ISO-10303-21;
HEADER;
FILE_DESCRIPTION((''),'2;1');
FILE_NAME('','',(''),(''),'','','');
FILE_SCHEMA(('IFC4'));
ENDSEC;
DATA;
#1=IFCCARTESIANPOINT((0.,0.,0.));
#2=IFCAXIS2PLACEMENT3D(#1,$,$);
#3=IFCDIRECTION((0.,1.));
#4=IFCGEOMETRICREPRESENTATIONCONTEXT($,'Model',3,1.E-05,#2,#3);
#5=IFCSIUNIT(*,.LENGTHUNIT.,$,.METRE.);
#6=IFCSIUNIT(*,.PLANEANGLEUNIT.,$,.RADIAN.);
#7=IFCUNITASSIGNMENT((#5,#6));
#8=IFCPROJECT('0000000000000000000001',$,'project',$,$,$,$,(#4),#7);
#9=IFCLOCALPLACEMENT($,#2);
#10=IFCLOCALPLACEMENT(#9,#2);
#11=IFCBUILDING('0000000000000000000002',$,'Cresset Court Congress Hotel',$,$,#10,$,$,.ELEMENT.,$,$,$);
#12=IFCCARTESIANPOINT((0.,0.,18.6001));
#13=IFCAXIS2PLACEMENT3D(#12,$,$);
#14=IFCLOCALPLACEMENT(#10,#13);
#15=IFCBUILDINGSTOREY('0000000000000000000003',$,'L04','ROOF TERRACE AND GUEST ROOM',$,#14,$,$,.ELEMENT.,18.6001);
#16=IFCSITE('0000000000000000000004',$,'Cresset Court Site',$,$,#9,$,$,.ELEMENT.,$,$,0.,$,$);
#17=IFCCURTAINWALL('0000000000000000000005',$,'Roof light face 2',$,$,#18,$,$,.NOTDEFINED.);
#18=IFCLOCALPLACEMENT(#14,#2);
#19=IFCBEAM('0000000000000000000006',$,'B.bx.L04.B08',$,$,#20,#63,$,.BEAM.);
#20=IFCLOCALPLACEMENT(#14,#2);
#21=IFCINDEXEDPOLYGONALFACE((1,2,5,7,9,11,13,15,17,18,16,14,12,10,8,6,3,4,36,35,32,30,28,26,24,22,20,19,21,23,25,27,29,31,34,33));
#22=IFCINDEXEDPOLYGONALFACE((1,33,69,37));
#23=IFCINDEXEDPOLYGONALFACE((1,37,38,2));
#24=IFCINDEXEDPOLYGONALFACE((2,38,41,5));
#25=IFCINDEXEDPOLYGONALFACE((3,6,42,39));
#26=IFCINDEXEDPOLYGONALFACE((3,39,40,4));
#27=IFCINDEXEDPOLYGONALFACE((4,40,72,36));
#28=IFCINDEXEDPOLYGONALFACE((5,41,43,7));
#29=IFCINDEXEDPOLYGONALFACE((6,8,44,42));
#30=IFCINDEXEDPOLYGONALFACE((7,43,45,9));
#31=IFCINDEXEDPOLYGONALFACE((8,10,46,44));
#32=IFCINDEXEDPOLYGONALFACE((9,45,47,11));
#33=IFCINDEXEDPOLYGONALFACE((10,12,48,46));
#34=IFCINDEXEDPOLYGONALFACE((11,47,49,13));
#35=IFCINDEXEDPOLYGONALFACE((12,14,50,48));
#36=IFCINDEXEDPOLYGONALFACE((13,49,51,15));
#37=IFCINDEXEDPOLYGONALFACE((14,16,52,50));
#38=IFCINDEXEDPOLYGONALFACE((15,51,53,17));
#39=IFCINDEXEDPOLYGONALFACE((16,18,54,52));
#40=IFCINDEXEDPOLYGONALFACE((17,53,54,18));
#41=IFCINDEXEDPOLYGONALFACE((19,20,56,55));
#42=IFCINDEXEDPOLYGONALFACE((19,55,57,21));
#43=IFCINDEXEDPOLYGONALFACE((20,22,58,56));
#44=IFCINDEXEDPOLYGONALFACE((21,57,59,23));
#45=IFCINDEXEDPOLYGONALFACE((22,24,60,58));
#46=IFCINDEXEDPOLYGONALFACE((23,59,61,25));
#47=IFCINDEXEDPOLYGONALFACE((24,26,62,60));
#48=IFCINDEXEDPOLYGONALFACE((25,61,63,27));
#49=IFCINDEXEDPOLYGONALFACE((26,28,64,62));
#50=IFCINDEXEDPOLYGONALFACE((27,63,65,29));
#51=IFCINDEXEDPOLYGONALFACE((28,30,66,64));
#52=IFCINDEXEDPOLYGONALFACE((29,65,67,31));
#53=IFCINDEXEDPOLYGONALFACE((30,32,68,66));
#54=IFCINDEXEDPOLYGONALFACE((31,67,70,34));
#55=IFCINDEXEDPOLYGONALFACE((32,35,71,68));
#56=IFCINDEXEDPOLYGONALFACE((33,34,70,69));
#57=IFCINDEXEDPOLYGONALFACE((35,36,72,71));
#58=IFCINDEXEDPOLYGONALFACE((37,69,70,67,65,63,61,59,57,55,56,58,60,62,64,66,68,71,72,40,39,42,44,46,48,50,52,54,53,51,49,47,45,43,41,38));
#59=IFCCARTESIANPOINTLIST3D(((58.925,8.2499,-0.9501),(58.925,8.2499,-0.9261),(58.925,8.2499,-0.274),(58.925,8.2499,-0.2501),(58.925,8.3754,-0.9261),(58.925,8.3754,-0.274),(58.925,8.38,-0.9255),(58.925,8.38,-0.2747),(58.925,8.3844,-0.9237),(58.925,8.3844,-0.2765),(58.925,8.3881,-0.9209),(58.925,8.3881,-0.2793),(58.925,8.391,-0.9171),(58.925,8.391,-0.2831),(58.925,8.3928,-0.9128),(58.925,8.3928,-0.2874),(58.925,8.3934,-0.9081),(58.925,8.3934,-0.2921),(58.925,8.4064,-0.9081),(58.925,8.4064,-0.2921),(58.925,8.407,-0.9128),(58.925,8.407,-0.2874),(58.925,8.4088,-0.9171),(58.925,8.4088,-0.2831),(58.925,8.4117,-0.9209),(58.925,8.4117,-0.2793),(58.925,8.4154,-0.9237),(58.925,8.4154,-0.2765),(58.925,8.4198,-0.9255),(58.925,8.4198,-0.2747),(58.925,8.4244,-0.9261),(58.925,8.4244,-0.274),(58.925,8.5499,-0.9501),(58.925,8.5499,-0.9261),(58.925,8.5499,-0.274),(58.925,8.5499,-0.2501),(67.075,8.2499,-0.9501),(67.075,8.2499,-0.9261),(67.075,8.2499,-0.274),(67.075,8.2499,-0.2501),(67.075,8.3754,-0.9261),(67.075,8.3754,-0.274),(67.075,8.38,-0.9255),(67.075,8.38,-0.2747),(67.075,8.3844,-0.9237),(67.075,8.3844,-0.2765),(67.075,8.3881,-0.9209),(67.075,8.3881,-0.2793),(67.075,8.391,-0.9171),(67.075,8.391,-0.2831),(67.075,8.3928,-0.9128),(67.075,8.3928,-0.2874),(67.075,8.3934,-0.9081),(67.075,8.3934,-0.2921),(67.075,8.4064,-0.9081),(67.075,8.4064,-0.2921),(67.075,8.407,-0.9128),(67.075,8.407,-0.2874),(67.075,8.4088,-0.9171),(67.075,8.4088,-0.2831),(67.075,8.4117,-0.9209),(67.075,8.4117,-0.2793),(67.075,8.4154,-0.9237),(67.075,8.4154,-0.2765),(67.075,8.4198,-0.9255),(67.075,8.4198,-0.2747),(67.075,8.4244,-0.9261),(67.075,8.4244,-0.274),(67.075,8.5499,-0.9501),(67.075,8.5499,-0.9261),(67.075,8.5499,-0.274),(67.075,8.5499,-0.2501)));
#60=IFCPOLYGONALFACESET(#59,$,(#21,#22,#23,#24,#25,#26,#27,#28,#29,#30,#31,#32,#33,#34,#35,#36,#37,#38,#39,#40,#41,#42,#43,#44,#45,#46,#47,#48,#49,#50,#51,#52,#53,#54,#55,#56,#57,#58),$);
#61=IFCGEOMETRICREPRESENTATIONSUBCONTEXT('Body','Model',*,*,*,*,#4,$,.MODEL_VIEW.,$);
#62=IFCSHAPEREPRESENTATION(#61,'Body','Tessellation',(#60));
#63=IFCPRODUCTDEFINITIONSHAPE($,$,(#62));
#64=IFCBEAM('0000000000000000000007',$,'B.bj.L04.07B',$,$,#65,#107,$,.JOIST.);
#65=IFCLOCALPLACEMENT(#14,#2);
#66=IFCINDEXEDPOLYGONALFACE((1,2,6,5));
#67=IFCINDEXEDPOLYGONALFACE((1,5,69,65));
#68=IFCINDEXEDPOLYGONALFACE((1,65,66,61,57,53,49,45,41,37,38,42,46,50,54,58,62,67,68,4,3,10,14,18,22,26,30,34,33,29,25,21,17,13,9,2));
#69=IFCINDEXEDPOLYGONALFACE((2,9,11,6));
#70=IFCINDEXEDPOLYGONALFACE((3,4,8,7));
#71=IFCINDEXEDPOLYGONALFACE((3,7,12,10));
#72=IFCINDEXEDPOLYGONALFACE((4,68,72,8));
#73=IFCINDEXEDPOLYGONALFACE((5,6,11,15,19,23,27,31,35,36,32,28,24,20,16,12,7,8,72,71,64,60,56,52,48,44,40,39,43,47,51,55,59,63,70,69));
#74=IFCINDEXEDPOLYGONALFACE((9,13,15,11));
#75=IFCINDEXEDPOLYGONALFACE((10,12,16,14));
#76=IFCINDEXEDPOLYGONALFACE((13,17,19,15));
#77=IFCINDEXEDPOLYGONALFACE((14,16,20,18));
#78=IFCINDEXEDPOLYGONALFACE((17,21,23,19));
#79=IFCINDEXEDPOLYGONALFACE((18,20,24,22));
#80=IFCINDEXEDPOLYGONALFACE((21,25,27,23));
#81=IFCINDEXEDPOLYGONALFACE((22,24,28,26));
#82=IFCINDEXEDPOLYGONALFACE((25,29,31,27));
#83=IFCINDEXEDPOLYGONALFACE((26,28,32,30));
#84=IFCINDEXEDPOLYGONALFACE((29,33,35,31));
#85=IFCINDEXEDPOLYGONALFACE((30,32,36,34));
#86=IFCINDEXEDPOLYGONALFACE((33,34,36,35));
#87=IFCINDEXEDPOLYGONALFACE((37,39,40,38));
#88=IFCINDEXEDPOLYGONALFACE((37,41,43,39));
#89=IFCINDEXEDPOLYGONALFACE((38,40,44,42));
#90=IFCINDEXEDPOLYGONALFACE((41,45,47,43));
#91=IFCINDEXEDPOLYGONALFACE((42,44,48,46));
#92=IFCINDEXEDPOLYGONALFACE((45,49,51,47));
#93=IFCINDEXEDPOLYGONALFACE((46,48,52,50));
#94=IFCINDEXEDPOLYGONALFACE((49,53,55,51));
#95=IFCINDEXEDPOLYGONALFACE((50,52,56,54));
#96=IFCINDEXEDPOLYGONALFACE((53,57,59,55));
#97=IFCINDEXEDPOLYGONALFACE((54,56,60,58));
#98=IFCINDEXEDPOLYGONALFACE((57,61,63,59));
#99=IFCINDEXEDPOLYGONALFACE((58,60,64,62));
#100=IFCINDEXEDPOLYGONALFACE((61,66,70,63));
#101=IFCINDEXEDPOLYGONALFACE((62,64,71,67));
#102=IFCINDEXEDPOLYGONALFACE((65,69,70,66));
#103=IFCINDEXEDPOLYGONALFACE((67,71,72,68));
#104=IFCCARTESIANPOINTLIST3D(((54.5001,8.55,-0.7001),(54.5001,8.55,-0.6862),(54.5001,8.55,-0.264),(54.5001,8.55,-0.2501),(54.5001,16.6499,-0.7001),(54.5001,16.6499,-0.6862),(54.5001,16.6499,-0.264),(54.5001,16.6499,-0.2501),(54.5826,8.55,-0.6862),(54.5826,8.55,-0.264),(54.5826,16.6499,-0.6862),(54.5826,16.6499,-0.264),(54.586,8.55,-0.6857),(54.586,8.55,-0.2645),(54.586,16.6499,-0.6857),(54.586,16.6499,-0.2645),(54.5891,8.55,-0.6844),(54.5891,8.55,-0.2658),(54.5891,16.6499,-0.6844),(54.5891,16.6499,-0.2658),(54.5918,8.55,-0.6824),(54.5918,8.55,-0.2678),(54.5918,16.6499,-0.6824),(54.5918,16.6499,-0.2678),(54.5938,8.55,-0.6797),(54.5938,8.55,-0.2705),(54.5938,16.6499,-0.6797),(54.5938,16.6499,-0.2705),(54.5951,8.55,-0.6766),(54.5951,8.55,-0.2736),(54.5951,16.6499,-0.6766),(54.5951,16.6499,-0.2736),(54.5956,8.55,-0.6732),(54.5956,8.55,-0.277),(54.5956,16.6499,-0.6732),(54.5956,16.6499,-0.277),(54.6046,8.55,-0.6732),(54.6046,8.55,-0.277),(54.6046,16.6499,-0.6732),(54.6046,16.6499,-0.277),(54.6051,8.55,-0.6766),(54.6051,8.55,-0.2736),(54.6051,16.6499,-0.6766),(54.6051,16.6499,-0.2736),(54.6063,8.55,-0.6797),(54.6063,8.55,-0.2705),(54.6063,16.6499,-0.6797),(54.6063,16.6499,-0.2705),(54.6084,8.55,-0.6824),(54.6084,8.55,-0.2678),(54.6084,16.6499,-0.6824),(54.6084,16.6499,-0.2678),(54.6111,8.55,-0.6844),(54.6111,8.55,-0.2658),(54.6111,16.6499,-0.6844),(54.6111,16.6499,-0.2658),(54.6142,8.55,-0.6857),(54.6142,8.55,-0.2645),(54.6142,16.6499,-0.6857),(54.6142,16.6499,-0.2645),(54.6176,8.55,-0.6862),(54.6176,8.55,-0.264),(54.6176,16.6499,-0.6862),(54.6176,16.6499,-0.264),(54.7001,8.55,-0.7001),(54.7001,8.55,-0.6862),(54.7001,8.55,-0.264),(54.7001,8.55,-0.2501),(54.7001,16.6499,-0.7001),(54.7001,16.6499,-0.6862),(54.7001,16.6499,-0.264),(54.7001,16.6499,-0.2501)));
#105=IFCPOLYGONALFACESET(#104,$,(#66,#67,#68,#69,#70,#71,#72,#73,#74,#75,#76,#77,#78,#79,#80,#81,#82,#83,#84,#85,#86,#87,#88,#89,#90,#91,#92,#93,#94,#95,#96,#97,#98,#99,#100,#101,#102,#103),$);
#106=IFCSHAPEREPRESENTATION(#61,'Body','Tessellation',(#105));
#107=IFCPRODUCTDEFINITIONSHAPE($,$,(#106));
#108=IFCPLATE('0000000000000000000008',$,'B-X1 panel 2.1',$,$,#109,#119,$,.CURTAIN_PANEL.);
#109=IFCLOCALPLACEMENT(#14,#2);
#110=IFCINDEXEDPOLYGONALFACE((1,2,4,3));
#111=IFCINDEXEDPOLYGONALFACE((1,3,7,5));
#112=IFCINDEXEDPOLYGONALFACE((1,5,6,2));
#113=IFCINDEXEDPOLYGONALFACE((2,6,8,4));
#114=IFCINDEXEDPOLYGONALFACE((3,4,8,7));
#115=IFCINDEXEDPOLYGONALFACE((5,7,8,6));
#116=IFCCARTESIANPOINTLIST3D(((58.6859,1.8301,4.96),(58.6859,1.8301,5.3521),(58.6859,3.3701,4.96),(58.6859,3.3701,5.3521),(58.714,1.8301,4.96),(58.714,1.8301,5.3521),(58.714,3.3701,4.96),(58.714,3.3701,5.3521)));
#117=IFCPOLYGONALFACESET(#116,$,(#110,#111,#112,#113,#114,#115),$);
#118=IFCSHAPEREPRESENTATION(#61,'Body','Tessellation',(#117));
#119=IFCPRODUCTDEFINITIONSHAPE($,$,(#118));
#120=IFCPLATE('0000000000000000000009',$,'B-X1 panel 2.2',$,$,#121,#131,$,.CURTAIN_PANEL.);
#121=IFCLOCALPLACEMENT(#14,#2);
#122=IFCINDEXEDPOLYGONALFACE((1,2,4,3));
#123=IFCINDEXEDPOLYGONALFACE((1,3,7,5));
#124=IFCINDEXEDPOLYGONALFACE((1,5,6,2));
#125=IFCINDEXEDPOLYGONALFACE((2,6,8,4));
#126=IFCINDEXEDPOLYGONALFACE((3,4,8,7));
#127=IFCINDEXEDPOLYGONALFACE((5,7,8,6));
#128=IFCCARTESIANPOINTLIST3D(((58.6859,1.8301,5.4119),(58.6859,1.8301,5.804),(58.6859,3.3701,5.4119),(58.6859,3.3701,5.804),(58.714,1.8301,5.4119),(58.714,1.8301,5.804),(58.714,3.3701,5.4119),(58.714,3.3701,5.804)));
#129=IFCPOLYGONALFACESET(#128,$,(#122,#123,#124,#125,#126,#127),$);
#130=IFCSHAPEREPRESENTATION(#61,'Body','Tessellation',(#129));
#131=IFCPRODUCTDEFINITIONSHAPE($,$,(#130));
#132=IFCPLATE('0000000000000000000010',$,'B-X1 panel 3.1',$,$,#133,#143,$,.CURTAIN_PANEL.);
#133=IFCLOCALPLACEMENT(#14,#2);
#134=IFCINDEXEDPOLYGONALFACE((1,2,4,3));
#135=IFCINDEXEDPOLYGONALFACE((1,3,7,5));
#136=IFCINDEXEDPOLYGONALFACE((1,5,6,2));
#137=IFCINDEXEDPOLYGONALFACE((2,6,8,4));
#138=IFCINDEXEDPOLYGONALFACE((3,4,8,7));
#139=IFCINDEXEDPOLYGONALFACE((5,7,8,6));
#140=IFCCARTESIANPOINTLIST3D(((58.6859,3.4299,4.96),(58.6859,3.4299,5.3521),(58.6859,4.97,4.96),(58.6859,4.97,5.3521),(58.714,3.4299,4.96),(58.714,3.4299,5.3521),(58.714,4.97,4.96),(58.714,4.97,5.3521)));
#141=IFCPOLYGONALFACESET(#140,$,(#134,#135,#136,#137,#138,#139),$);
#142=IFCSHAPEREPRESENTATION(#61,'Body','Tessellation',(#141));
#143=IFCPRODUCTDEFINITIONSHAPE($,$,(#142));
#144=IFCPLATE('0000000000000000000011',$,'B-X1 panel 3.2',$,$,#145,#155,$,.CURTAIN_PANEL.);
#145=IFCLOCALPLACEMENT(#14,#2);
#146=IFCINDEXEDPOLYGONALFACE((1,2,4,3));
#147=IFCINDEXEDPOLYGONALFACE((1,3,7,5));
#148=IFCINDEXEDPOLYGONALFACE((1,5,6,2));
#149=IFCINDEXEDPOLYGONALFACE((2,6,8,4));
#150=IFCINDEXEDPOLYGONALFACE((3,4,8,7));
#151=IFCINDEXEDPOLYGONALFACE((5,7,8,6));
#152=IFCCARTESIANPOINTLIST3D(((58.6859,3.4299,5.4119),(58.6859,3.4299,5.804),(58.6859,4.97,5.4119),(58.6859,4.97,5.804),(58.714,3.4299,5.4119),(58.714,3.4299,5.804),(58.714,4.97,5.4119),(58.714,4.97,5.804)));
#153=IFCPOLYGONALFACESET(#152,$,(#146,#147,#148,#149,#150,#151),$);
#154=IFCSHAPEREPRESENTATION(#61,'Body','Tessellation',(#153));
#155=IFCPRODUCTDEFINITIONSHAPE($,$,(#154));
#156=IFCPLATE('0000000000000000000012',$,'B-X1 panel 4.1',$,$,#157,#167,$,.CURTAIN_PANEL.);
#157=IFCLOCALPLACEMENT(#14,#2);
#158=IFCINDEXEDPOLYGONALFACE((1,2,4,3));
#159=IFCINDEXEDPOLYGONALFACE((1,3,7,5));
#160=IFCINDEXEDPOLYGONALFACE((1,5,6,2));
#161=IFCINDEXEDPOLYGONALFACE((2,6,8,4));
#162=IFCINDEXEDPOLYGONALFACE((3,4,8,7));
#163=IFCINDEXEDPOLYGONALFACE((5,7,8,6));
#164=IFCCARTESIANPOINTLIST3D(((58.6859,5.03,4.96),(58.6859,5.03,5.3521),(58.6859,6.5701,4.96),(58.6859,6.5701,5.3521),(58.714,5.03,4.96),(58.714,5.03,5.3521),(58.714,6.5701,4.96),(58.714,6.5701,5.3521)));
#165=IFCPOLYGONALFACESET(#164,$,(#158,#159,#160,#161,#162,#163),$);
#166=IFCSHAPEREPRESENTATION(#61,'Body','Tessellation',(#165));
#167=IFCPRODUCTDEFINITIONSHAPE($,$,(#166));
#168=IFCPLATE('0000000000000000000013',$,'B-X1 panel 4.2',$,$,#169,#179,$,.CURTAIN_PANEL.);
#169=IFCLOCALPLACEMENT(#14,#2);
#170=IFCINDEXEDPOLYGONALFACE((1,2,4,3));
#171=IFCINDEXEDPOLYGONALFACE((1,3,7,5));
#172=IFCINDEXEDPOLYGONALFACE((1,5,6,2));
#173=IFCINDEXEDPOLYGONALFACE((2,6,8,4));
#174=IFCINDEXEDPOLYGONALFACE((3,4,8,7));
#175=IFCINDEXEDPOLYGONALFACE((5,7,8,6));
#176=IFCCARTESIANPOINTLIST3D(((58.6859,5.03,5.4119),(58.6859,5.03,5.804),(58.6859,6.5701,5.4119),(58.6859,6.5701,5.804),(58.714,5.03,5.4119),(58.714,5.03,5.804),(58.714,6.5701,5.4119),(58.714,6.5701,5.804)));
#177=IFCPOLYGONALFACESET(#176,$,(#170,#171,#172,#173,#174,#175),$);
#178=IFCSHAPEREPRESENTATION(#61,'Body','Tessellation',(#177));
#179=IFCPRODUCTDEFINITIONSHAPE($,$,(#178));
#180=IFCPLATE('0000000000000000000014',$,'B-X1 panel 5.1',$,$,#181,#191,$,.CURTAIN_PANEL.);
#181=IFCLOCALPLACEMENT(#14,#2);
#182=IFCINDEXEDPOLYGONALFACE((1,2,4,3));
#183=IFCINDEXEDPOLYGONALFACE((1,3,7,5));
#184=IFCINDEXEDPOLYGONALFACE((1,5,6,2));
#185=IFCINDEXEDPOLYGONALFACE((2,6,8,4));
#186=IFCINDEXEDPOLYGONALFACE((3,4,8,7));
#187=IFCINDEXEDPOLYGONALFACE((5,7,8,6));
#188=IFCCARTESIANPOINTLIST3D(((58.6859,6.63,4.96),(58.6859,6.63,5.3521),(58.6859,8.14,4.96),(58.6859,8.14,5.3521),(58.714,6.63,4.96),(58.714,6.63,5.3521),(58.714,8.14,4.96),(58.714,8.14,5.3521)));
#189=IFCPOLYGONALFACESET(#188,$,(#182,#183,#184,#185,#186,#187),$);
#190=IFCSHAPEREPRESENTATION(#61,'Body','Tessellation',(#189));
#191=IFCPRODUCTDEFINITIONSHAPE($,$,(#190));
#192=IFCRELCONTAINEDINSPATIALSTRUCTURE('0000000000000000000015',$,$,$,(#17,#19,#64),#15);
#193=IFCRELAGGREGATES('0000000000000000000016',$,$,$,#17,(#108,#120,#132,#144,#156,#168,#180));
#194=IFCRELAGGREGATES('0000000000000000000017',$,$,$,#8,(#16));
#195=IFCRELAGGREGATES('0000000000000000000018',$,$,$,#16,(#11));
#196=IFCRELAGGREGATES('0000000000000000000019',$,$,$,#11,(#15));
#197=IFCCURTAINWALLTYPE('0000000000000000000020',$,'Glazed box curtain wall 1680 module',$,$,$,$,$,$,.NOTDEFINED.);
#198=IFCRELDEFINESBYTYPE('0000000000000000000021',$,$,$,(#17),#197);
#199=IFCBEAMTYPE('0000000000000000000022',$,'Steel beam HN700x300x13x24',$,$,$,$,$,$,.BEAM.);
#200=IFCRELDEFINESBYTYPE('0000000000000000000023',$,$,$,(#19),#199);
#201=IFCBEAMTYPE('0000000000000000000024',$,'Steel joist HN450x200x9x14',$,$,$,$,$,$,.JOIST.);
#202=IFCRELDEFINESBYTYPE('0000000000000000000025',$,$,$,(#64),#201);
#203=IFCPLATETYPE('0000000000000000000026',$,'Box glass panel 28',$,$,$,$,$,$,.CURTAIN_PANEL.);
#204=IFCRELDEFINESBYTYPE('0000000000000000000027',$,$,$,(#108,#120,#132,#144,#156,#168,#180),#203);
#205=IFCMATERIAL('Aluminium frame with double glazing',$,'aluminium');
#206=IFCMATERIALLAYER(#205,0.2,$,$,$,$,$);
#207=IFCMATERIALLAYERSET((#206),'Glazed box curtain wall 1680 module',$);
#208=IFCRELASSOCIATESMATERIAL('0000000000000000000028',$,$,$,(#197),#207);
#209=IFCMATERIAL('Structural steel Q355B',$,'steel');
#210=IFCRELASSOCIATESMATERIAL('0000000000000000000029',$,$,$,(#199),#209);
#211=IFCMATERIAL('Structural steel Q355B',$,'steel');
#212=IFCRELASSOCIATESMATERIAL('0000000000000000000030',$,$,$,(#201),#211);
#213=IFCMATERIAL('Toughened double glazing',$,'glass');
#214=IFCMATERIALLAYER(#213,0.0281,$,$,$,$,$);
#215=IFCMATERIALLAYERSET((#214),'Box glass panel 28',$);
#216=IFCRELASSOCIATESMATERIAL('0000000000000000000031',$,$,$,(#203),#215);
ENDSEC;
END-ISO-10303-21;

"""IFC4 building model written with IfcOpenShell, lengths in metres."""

from ifc_helpers import new_model, si_unit, direction, frame, origin, origin_2d, place, context, subcontext, project, spatial, rectangle, i_section, extrude, material, layer, layer_set, material_profile, profile_set, type_object, element, aggregate, save


model = new_model("IFC4")

# Units and contexts
model_context = context("Model", 3, precision=1e-05, world=origin(), true_north=direction((0.0, 1.0)))
body_context = subcontext(model_context, "Body", "Model", "MODEL_VIEW")
ifc_project = project(units=[si_unit("LENGTHUNIT", "METRE"), si_unit("PLANEANGLEUNIT", "RADIAN")], contexts=[model_context])

# Site, building, storey
site_placement = place(None, origin())
site = spatial("IfcSite", under=ifc_project, at=site_placement, Name="Cresset Court Site", CompositionType="ELEMENT", RefElevation=0.0)
building_placement = place(site_placement, origin())
building = spatial("IfcBuilding", under=site, at=building_placement, Name="Cresset Court Congress Hotel", CompositionType="ELEMENT")
storey_placement = place(building_placement, frame((0.0, 0.0, 18.6001)))
storey = spatial("IfcBuildingStorey", under=building, at=storey_placement, Name="L04", Description="ROOF TERRACE AND GUEST ROOM", CompositionType="ELEMENT", Elevation=18.6001)

# Curtain wall
ifc_material_1 = material(Name="Aluminium frame with double glazing", Category="aluminium")
ifc_layer_1 = layer(ifc_material_1, 0.2)
ifc_layer_set_1 = layer_set([ifc_layer_1], Name="Glazed box curtain wall 1680 module")
curtain_wall_type = type_object("IfcCurtainWallType", Name="Glazed box curtain wall 1680 module", PredefinedType="NOTDEFINED", material=ifc_layer_set_1)
curtain_wall_placement = place(storey_placement, origin())
curtain_wall = element("IfcCurtainWall", 1, at=curtain_wall_placement, inside=storey, type_object=curtain_wall_type, Name="Roof light face 2", PredefinedType="NOTDEFINED")

# Beams
ifc_material_2 = material(Name="Structural steel Q355B", Category="steel")
ifc_material_profile_1 = material_profile(ifc_material_2, i_section(OverallWidth=0.3, OverallDepth=0.7, WebThickness=0.0129, FlangeThickness=0.0239, FilletRadius=0.0181, at=origin_2d()), Name="HN700x300x13x24")
ifc_profile_set_1 = profile_set([ifc_material_profile_1], Name="Structural steel Q355B")
beam_type_1 = type_object("IfcBeamType", Name="Steel beam HN700x300x13x24", PredefinedType="BEAM", material=ifc_profile_set_1)
beam_1_placement = place(storey_placement, frame((58.925, 8.3999, -0.6001), z_axis=(1.0, 0.0, 0.0), x_axis=(0.0, 1.0, 0.0)))
element("IfcBeam", 2, at=beam_1_placement, inside=storey, type_object=beam_type_1, Name="B.bx.L04.B08", PredefinedType="BEAM", context=body_context, shape_type="SweptSolid", body=[
    extrude(i_section(OverallWidth=0.3, OverallDepth=0.7, WebThickness=0.0129, FlangeThickness=0.0239, FilletRadius=0.0181, at=origin_2d()), origin(), (0.0, 0.0, 1.0), 8.1499),
])
ifc_material_3 = material(Name="Structural steel Q355B", Category="steel")
ifc_material_profile_2 = material_profile(ifc_material_3, i_section(OverallWidth=0.2, OverallDepth=0.45, WebThickness=0.009, FlangeThickness=0.0139, FilletRadius=0.0129, at=origin_2d()), Name="HN450x200x9x14")
ifc_profile_set_2 = profile_set([ifc_material_profile_2], Name="Structural steel Q355B")
beam_type_2 = type_object("IfcBeamType", Name="Steel joist HN450x200x9x14", PredefinedType="JOIST", material=ifc_profile_set_2)
beam_2_placement = place(storey_placement, frame((54.6001, 8.55, -0.4751), z_axis=(0.0, 1.0, 0.0), x_axis=(-1.0, 0.0, 0.0)))
element("IfcBeam", 3, at=beam_2_placement, inside=storey, type_object=beam_type_2, Name="B.bj.L04.07B", PredefinedType="JOIST", context=body_context, shape_type="SweptSolid", body=[
    extrude(i_section(OverallWidth=0.2, OverallDepth=0.45, WebThickness=0.009, FlangeThickness=0.0139, FilletRadius=0.0129, at=origin_2d()), origin(), (0.0, 0.0, 1.0), 8.0999),
])

# Plates
ifc_material_4 = material(Name="Toughened double glazing", Category="glass")
ifc_layer_2 = layer(ifc_material_4, 0.0281)
ifc_layer_set_2 = layer_set([ifc_layer_2], Name="Box glass panel 28")
plate_type_1 = type_object("IfcPlateType", Name="Box glass panel 28", PredefinedType="CURTAIN_PANEL", material=ifc_layer_set_2)
plate_1_placement = place(storey_placement, frame((58.7, 2.6001, 4.96), z_axis=(0.0, 0.0, 1.0), x_axis=(0.0, 1.0, 0.0)))
plate_1 = element("IfcPlate", 4, at=plate_1_placement, type_object=plate_type_1, Name="B-X1 panel 2.1", PredefinedType="CURTAIN_PANEL", context=body_context, shape_type="SweptSolid", body=[
    extrude(rectangle(XDim=1.54, YDim=0.0281, at=origin_2d()), origin(), (0.0, 0.0, 1.0), 0.3921),
])
plate_2_placement = place(storey_placement, frame((58.7, 2.6001, 5.4119), z_axis=(0.0, 0.0, 1.0), x_axis=(0.0, 1.0, 0.0)))
plate_2 = element("IfcPlate", 5, at=plate_2_placement, type_object=plate_type_1, Name="B-X1 panel 2.2", PredefinedType="CURTAIN_PANEL", context=body_context, shape_type="SweptSolid", body=[
    extrude(rectangle(XDim=1.54, YDim=0.0281, at=origin_2d()), origin(), (0.0, 0.0, 1.0), 0.3921),
])
plate_3_placement = place(storey_placement, frame((58.7, 4.2, 4.96), z_axis=(0.0, 0.0, 1.0), x_axis=(0.0, 1.0, 0.0)))
plate_3 = element("IfcPlate", 6, at=plate_3_placement, type_object=plate_type_1, Name="B-X1 panel 3.1", PredefinedType="CURTAIN_PANEL", context=body_context, shape_type="SweptSolid", body=[
    extrude(rectangle(XDim=1.54, YDim=0.0281, at=origin_2d()), origin(), (0.0, 0.0, 1.0), 0.3921),
])
plate_4_placement = place(storey_placement, frame((58.7, 4.2, 5.4119), z_axis=(0.0, 0.0, 1.0), x_axis=(0.0, 1.0, 0.0)))
plate_4 = element("IfcPlate", 7, at=plate_4_placement, type_object=plate_type_1, Name="B-X1 panel 3.2", PredefinedType="CURTAIN_PANEL", context=body_context, shape_type="SweptSolid", body=[
    extrude(rectangle(XDim=1.54, YDim=0.0281, at=origin_2d()), origin(), (0.0, 0.0, 1.0), 0.3921),
])
plate_5_placement = place(storey_placement, frame((58.7, 5.8, 4.96), z_axis=(0.0, 0.0, 1.0), x_axis=(0.0, 1.0, 0.0)))
plate_5 = element("IfcPlate", 8, at=plate_5_placement, type_object=plate_type_1, Name="B-X1 panel 4.1", PredefinedType="CURTAIN_PANEL", context=body_context, shape_type="SweptSolid", body=[
    extrude(rectangle(XDim=1.54, YDim=0.0281, at=origin_2d()), origin(), (0.0, 0.0, 1.0), 0.3921),
])
plate_6_placement = place(storey_placement, frame((58.7, 5.8, 5.4119), z_axis=(0.0, 0.0, 1.0), x_axis=(0.0, 1.0, 0.0)))
plate_6 = element("IfcPlate", 9, at=plate_6_placement, type_object=plate_type_1, Name="B-X1 panel 4.2", PredefinedType="CURTAIN_PANEL", context=body_context, shape_type="SweptSolid", body=[
    extrude(rectangle(XDim=1.54, YDim=0.0281, at=origin_2d()), origin(), (0.0, 0.0, 1.0), 0.3921),
])
plate_7_placement = place(storey_placement, frame((58.7, 7.385, 4.96), z_axis=(0.0, 0.0, 1.0), x_axis=(0.0, 1.0, 0.0)))
plate_7 = element("IfcPlate", 10, at=plate_7_placement, type_object=plate_type_1, Name="B-X1 panel 5.1", PredefinedType="CURTAIN_PANEL", context=body_context, shape_type="SweptSolid", body=[
    extrude(rectangle(XDim=1.51, YDim=0.0281, at=origin_2d()), origin(), (0.0, 0.0, 1.0), 0.3921),
])
aggregate(curtain_wall, [plate_1, plate_2, plate_3, plate_4, plate_5, plate_6, plate_7])

save(model, "model.ifc")
